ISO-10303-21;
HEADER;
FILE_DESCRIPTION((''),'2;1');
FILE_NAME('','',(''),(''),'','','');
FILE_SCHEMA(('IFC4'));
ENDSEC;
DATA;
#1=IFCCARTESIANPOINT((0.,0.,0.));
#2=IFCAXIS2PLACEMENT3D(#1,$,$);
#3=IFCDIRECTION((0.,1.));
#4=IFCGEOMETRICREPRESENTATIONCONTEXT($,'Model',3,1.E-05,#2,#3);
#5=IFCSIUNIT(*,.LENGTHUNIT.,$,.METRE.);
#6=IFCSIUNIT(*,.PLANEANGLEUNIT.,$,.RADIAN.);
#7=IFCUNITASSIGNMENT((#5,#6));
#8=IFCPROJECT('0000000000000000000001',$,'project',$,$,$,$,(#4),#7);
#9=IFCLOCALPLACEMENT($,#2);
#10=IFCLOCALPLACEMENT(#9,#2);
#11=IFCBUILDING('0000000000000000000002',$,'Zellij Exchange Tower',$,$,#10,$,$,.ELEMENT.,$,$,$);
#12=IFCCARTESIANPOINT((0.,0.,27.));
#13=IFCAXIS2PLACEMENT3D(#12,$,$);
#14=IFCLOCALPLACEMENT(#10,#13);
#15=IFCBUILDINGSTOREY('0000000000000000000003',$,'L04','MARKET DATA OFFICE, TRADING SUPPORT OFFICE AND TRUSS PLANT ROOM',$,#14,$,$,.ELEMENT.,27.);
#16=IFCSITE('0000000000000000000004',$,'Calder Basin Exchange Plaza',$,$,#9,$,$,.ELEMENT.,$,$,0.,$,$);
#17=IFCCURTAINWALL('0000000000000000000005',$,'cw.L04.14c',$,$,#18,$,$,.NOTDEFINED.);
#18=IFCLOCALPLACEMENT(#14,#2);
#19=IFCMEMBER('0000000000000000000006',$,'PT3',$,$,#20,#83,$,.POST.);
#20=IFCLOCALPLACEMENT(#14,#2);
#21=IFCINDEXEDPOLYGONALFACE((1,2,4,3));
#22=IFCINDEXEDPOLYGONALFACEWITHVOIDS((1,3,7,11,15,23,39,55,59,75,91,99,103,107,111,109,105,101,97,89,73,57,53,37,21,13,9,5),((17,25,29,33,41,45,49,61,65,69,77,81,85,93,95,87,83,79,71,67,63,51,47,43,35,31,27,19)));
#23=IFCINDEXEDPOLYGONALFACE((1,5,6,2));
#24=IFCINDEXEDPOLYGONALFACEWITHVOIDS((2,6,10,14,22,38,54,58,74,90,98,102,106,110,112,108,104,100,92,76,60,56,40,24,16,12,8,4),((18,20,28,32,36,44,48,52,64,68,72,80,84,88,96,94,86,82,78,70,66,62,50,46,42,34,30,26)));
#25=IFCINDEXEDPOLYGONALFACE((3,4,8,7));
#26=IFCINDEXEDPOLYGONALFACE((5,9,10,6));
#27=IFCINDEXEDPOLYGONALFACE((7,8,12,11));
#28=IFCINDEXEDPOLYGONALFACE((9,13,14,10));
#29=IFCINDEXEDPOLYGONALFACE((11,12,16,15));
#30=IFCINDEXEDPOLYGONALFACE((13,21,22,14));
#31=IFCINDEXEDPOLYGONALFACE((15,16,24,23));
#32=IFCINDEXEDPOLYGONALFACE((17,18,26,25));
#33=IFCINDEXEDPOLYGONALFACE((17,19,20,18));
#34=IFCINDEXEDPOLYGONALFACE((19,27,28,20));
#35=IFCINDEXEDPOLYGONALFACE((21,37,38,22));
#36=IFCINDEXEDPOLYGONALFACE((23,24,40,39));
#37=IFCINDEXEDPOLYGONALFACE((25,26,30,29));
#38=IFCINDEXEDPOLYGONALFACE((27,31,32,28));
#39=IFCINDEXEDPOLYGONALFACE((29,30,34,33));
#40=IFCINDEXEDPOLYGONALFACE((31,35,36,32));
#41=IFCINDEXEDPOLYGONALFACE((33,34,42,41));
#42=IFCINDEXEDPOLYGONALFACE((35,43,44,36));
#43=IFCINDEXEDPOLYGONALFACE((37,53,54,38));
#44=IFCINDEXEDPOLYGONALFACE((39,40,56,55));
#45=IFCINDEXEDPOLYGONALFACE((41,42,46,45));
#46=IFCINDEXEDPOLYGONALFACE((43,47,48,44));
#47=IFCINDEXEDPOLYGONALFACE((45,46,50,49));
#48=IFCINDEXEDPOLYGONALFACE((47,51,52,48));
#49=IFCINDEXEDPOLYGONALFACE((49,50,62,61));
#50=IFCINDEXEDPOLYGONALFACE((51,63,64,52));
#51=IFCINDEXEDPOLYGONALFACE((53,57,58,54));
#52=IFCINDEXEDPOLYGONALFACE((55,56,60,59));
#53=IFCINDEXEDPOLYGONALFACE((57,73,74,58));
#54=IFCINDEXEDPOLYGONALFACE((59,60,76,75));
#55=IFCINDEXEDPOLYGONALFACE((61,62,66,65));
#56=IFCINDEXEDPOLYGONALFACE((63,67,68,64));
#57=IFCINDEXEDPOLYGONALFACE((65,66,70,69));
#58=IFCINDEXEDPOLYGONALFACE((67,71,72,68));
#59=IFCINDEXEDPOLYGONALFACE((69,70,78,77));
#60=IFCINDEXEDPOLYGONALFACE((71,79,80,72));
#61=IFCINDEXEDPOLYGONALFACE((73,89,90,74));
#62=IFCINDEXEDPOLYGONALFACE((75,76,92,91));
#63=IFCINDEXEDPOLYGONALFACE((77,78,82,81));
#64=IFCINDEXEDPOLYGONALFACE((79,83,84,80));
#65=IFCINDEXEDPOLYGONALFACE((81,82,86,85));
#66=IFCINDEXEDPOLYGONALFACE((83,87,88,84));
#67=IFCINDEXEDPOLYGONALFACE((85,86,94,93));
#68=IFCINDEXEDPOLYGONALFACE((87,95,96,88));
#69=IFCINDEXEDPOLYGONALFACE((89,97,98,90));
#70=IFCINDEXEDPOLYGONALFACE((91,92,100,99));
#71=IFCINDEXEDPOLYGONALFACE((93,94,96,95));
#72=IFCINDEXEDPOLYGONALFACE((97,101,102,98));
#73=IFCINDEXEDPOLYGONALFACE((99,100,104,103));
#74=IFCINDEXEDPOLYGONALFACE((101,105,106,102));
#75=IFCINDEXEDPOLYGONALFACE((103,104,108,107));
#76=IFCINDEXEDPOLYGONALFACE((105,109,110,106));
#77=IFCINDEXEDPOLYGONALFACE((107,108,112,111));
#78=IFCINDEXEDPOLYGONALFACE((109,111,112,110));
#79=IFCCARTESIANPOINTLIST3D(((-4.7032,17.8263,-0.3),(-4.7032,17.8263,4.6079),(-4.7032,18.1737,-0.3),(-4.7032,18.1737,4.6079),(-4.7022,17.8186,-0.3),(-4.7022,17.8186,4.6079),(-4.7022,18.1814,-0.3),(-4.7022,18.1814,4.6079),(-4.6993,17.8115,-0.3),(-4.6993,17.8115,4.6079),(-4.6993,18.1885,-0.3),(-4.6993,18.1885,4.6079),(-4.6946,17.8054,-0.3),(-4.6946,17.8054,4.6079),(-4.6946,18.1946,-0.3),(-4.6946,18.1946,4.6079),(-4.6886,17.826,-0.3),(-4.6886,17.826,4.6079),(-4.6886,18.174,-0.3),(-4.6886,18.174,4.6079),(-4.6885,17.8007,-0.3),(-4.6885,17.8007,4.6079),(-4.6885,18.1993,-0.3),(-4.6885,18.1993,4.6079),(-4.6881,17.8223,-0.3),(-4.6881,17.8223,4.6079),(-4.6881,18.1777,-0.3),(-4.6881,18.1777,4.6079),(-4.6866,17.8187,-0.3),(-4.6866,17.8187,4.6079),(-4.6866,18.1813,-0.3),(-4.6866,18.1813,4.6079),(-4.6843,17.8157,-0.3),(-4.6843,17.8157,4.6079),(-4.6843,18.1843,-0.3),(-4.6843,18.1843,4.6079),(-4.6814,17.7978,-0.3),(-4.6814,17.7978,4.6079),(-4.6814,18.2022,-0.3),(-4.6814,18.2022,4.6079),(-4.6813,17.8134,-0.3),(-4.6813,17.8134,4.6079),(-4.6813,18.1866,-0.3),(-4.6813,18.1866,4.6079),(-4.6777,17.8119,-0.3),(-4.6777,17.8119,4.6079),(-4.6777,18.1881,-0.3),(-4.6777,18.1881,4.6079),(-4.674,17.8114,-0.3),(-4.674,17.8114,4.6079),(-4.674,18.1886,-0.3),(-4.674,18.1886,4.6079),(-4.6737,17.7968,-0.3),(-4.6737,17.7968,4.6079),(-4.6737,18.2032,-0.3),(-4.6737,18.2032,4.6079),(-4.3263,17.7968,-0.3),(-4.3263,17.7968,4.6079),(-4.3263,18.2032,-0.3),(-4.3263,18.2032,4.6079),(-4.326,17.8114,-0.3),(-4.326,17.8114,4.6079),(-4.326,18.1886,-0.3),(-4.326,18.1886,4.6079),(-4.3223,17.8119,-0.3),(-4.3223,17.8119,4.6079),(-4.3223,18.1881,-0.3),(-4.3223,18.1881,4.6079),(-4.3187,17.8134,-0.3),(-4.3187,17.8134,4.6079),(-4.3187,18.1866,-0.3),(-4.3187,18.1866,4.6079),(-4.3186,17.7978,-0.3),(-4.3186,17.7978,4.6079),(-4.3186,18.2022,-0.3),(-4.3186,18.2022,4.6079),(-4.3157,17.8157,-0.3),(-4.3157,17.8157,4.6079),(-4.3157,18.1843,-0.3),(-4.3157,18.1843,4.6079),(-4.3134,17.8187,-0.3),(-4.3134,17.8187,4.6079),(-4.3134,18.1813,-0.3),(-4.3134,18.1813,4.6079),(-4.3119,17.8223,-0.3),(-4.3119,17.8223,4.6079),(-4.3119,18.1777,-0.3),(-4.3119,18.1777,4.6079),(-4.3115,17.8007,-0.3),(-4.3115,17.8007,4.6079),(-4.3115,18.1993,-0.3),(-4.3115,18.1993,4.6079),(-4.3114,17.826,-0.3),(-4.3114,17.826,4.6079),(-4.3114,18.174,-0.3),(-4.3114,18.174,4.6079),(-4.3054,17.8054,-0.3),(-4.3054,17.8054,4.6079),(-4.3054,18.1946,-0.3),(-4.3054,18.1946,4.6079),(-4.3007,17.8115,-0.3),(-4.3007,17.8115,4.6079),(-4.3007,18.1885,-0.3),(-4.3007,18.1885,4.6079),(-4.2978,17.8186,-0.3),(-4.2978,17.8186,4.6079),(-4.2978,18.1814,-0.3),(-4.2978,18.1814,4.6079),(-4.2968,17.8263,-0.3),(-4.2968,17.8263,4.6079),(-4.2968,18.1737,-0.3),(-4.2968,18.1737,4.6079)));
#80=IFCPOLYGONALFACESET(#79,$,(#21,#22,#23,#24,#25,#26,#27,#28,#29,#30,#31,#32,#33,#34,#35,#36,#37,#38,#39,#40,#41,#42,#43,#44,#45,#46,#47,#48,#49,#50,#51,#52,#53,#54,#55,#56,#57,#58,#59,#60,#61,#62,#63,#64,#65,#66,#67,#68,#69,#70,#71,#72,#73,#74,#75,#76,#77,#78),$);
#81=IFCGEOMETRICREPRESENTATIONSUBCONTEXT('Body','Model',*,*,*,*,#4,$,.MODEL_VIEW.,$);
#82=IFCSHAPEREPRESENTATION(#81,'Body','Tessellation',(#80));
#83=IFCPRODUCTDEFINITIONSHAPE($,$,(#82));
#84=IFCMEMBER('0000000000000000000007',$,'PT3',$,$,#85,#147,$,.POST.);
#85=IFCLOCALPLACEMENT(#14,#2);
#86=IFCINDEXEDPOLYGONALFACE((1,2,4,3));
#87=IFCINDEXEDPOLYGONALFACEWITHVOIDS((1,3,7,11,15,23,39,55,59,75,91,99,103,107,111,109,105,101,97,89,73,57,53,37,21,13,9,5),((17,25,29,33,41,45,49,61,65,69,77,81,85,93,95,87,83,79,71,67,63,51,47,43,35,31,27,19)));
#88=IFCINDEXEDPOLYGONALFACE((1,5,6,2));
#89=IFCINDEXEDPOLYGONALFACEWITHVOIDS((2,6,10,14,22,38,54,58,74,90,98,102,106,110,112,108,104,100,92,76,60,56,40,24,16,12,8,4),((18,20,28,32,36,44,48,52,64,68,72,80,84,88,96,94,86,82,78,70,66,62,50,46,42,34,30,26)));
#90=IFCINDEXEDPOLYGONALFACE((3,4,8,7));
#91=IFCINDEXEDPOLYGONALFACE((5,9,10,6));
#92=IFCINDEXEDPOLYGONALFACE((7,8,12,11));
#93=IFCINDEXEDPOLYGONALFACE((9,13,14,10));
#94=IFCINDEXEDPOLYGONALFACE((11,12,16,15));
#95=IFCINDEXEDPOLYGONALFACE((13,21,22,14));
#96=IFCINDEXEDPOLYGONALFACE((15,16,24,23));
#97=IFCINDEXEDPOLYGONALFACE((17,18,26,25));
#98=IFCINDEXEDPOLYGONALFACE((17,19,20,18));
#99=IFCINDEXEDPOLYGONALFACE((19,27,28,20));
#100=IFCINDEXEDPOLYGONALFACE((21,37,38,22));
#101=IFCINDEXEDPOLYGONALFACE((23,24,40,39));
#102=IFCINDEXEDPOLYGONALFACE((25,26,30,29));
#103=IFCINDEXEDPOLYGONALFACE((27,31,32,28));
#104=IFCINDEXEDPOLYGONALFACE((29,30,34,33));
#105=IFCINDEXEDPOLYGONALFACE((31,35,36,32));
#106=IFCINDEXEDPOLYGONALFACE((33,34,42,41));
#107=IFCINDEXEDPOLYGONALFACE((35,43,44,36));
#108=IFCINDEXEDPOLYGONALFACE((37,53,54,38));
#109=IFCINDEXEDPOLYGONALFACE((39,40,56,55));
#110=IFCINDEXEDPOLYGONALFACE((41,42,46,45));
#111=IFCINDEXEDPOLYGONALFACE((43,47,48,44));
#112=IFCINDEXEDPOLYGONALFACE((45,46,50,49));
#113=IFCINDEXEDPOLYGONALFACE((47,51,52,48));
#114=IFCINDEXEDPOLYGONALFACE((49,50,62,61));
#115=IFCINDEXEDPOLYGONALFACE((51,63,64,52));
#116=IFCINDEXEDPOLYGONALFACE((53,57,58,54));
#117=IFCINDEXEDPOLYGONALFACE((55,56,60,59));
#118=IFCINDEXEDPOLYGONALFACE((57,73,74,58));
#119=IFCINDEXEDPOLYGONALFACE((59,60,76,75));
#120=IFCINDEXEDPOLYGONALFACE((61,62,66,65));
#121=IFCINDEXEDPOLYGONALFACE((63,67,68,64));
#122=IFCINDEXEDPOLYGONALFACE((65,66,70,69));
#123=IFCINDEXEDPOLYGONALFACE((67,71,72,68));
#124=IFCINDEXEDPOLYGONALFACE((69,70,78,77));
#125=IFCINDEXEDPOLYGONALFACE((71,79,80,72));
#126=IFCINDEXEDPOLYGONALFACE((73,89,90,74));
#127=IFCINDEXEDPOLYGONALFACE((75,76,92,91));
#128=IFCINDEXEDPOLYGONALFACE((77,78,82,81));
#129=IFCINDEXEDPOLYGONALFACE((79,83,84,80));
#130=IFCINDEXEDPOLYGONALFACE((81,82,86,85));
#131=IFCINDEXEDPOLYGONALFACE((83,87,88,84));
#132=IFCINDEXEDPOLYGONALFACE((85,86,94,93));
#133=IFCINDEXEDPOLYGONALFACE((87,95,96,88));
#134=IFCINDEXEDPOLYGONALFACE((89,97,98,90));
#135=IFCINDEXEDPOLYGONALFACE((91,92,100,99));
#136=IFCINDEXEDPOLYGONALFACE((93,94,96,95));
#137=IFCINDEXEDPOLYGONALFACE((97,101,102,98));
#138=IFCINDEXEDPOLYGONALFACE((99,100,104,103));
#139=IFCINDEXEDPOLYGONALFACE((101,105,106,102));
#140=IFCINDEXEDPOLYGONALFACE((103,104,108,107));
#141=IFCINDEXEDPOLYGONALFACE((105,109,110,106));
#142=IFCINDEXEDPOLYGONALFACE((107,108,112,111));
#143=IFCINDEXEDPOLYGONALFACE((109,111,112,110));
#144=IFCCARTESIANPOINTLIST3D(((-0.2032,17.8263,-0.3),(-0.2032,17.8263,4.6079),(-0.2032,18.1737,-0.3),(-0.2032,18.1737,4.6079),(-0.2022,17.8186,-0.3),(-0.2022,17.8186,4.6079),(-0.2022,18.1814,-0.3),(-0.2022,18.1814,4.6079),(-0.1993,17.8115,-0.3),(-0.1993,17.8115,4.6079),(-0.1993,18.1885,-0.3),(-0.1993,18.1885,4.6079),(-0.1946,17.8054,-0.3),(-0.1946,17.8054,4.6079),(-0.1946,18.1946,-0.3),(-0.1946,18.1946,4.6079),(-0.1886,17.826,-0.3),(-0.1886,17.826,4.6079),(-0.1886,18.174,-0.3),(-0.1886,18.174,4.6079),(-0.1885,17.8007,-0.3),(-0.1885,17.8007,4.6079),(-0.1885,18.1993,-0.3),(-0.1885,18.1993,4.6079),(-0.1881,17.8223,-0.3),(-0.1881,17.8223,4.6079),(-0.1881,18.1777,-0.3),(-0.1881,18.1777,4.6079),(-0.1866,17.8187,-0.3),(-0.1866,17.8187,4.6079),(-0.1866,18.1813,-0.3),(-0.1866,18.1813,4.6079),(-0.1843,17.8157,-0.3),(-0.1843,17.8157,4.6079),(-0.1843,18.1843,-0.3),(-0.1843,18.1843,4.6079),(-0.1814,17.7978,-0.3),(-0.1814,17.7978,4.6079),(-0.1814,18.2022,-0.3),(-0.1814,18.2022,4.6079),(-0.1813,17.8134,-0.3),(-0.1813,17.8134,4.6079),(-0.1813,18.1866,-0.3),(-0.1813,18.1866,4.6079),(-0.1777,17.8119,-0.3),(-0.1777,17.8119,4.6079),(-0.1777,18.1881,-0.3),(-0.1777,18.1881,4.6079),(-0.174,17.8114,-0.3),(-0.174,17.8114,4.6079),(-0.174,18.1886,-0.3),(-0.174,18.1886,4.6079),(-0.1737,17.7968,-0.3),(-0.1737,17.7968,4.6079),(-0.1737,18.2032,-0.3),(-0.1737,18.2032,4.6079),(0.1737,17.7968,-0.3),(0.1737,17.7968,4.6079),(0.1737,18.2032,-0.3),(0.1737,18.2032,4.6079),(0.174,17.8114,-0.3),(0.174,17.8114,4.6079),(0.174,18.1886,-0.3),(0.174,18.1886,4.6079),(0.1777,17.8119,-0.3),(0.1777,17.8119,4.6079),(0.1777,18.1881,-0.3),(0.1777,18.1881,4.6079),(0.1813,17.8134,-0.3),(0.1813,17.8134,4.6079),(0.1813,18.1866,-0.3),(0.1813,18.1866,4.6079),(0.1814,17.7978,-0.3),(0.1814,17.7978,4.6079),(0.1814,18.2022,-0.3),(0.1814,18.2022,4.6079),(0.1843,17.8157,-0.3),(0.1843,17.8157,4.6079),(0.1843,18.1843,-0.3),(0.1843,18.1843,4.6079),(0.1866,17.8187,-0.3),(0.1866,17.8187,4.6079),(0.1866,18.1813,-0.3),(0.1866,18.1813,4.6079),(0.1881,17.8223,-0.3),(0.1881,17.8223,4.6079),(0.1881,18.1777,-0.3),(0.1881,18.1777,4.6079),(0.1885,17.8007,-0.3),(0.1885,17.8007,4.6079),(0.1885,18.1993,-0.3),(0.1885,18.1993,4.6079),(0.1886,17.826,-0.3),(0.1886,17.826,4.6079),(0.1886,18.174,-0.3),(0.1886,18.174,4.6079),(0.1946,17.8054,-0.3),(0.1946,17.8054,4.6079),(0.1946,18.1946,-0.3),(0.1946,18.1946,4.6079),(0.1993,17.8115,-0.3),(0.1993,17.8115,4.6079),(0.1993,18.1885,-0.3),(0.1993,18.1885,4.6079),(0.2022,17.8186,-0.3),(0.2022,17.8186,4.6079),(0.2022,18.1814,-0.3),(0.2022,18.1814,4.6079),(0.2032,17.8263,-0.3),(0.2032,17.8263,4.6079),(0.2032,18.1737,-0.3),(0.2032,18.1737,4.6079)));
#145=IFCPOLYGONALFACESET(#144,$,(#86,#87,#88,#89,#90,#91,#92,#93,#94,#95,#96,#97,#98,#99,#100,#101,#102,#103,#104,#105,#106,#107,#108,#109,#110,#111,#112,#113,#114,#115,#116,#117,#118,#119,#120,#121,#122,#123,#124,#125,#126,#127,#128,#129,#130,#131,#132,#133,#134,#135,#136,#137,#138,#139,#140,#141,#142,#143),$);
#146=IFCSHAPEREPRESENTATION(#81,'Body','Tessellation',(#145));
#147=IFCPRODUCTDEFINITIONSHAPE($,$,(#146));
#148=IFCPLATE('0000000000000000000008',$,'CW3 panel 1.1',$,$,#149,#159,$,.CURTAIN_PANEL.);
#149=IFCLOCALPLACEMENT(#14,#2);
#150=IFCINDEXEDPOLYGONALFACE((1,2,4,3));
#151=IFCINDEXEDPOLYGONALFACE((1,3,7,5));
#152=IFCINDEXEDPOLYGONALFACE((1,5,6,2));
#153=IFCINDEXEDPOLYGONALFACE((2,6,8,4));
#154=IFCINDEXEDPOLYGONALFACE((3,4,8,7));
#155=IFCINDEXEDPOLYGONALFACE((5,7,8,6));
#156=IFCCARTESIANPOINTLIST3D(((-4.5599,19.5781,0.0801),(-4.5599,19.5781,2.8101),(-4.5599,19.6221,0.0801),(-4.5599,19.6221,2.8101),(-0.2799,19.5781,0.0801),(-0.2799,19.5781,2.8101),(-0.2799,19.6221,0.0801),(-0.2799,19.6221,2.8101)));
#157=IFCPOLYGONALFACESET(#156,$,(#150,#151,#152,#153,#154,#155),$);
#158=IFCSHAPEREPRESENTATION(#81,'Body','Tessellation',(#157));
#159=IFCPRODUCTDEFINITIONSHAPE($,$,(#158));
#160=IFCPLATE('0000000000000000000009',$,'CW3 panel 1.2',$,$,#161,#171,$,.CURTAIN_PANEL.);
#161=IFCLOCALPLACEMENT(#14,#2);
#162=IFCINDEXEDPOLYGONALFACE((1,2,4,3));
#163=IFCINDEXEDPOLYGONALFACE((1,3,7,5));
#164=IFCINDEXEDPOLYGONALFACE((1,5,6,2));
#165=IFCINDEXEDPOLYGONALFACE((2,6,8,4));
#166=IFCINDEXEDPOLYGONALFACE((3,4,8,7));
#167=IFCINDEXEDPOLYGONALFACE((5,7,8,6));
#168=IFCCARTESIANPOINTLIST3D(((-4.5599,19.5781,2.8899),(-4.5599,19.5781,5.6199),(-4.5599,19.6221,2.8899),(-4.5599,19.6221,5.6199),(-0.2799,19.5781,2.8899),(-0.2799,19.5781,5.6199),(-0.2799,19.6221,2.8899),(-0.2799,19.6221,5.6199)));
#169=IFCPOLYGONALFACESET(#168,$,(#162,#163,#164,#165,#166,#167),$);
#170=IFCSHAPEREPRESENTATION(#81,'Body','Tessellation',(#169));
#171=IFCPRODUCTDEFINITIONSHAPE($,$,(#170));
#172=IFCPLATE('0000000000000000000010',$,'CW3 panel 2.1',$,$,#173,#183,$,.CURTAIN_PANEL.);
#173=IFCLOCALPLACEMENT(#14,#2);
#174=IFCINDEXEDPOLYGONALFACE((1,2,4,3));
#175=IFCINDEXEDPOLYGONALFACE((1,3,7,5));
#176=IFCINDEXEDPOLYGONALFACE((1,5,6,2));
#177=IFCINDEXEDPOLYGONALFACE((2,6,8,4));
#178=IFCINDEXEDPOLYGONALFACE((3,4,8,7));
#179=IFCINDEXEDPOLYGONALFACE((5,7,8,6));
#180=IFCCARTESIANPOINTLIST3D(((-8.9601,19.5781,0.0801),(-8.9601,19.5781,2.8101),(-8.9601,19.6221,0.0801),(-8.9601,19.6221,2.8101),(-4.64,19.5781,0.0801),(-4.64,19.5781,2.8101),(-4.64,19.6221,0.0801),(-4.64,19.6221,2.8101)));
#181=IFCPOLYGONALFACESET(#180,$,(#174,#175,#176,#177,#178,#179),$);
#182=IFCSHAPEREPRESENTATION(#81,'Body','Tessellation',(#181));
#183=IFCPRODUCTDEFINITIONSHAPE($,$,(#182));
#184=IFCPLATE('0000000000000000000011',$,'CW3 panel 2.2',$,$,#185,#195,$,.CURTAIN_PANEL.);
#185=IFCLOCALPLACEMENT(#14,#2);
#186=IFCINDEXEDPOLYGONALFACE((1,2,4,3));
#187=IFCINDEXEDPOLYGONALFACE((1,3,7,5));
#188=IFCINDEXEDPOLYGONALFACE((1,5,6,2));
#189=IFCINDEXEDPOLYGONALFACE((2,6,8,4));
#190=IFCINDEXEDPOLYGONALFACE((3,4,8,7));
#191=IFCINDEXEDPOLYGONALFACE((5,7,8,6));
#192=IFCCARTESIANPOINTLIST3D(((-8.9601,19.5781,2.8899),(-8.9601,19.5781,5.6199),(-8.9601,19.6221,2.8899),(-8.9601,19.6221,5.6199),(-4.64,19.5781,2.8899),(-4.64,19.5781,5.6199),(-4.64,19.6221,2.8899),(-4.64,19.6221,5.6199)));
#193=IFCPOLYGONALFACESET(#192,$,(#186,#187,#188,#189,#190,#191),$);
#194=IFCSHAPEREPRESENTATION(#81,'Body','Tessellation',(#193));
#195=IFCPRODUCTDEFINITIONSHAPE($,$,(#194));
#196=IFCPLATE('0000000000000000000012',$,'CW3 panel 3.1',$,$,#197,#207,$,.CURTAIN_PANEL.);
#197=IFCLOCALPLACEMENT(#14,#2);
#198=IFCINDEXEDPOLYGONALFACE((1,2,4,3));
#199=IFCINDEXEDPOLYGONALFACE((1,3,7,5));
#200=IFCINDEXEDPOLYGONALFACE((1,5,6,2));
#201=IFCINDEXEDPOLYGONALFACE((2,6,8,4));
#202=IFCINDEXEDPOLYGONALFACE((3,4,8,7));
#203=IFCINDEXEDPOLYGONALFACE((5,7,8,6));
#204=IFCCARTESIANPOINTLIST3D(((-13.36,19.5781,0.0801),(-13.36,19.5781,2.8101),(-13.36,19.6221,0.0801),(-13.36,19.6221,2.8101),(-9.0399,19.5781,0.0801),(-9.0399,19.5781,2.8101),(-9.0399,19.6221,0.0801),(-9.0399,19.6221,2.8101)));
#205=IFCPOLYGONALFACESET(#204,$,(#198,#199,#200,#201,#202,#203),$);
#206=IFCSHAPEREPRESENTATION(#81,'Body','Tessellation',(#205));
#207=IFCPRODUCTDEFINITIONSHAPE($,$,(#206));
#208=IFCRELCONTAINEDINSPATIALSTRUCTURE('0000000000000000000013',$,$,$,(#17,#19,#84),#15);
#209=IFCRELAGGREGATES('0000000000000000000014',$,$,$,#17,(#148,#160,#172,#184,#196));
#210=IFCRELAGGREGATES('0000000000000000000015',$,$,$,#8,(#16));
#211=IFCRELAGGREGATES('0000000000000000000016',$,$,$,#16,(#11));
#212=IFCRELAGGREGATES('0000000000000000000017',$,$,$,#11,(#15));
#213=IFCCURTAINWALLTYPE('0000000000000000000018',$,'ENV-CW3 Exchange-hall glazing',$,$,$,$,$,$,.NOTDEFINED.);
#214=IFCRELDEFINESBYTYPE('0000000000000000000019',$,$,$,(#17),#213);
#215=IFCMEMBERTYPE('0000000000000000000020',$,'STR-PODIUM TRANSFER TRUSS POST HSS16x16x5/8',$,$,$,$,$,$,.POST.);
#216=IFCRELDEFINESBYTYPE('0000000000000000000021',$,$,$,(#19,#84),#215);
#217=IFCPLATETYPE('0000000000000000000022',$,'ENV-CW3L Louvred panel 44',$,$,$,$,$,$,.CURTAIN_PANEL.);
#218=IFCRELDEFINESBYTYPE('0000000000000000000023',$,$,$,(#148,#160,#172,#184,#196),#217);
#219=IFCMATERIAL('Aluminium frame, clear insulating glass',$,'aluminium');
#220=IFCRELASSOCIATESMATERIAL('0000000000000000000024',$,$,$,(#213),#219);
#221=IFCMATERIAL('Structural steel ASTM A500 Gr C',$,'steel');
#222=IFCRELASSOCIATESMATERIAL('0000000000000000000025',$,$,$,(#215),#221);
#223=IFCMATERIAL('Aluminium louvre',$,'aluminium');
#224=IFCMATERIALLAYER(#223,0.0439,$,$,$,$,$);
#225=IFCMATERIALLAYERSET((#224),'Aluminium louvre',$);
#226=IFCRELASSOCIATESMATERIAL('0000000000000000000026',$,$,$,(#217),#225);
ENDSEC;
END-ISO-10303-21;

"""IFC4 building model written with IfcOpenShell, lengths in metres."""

from ifc_helpers import new_model, si_unit, direction, frame, origin, origin_2d, place, context, subcontext, project, spatial, rectangle, hollow_rectangle, extrude, material, layer, layer_set, material_profile, profile_set, type_object, element, aggregate, save


model = new_model("IFC4")

# Units and contexts
model_context = context("Model", 3, precision=1e-05, world=origin(), true_north=direction((0.0, 1.0)))
body_context = subcontext(model_context, "Body", "Model", "MODEL_VIEW")
ifc_project = project(units=[si_unit("LENGTHUNIT", "METRE"), si_unit("PLANEANGLEUNIT", "RADIAN")], contexts=[model_context])

# Site, building, storey
site_placement = place(None, origin())
site = spatial("IfcSite", under=ifc_project, at=site_placement, Name="Calder Basin Exchange Plaza", CompositionType="ELEMENT", RefElevation=0.0)
building_placement = place(site_placement, origin())
building = spatial("IfcBuilding", under=site, at=building_placement, Name="Zellij Exchange Tower", CompositionType="ELEMENT")
storey_placement = place(building_placement, frame((0.0, 0.0, 27.0)))
storey = spatial("IfcBuildingStorey", under=building, at=storey_placement, Name="L04", Description="MARKET DATA OFFICE, TRADING SUPPORT OFFICE AND TRUSS PLANT ROOM", CompositionType="ELEMENT", Elevation=27.0)

# Curtain wall
ifc_material_1 = material(Name="Aluminium frame, clear insulating glass", Category="aluminium")
curtain_wall_type = type_object("IfcCurtainWallType", Name="ENV-CW3 Exchange-hall glazing", PredefinedType="NOTDEFINED", material=ifc_material_1)
curtain_wall_placement = place(storey_placement, origin())
curtain_wall = element("IfcCurtainWall", 1, at=curtain_wall_placement, inside=storey, type_object=curtain_wall_type, Name="cw.L04.14c", PredefinedType="NOTDEFINED")

# Members
ifc_material_2 = material(Name="Structural steel ASTM A500 Gr C", Category="steel")
ifc_material_profile_1 = material_profile(ifc_material_2, hollow_rectangle(XDim=0.4065, YDim=0.4065, WallThickness=0.0146, InnerFilletRadius=0.0146, OuterFilletRadius=0.0295, at=origin_2d()), Name="STR-PODIUM TRANSFER TRUSS POST HSS16x16x5/8")
ifc_profile_set_1 = profile_set([ifc_material_profile_1], Name="Structural steel ASTM A500 Gr C")
member_type_1 = type_object("IfcMemberType", Name="STR-PODIUM TRANSFER TRUSS POST HSS16x16x5/8", PredefinedType="POST", material=ifc_profile_set_1)
for number, where, z_axis, x_axis, name in (
    (2, (-4.5, 18.0, -0.3), (0.0, 0.0, 1.0), (1.0, 0.0, 0.0), "PT3"),
    (3, (0.0, 18.0, -0.3), (0.0, 0.0, 1.0), (1.0, 0.0, 0.0), "PT3"),
):
    element("IfcMember", number, at=place(storey_placement, frame(where, z_axis=z_axis, x_axis=x_axis)), inside=storey, type_object=member_type_1, Name=name, PredefinedType="POST", context=body_context, shape_type="SweptSolid", body=[
        extrude(hollow_rectangle(XDim=0.4065, YDim=0.4065, WallThickness=0.0146, InnerFilletRadius=0.0146, OuterFilletRadius=0.0295, at=origin_2d()), origin(), (0.0, 0.0, 1.0), 4.908),
    ])

# Plates
ifc_material_3 = material(Name="Aluminium louvre", Category="aluminium")
ifc_layer = layer(ifc_material_3, 0.0439)
ifc_layer_set = layer_set([ifc_layer], Name="Aluminium louvre")
plate_type = type_object("IfcPlateType", Name="ENV-CW3L Louvred panel 44", PredefinedType="CURTAIN_PANEL", material=ifc_layer_set)
plate_1_placement = place(storey_placement, frame((-2.4199, 19.6001, 0.0801), z_axis=(0.0, 0.0, 1.0), x_axis=(-1.0, 0.0, 0.0)))
plate_1 = element("IfcPlate", 4, at=plate_1_placement, type_object=plate_type, Name="CW3 panel 1.1", PredefinedType="CURTAIN_PANEL", context=body_context, shape_type="SweptSolid", body=[
    extrude(rectangle(XDim=4.28, YDim=0.0439, at=origin_2d()), origin(), (0.0, 0.0, 1.0), 2.73),
])
plate_2_placement = place(storey_placement, frame((-2.4199, 19.6001, 2.8899), z_axis=(0.0, 0.0, 1.0), x_axis=(-1.0, 0.0, 0.0)))
plate_2 = element("IfcPlate", 5, at=plate_2_placement, type_object=plate_type, Name="CW3 panel 1.2", PredefinedType="CURTAIN_PANEL", context=body_context, shape_type="SweptSolid", body=[
    extrude(rectangle(XDim=4.28, YDim=0.0439, at=origin_2d()), origin(), (0.0, 0.0, 1.0), 2.73),
])
plate_3_placement = place(storey_placement, frame((-6.8, 19.6001, 0.0801), z_axis=(0.0, 0.0, 1.0), x_axis=(-1.0, 0.0, 0.0)))
plate_3 = element("IfcPlate", 6, at=plate_3_placement, type_object=plate_type, Name="CW3 panel 2.1", PredefinedType="CURTAIN_PANEL", context=body_context, shape_type="SweptSolid", body=[
    extrude(rectangle(XDim=4.3201, YDim=0.0439, at=origin_2d()), origin(), (0.0, 0.0, 1.0), 2.73),
])
plate_4_placement = place(storey_placement, frame((-6.8, 19.6001, 2.8899), z_axis=(0.0, 0.0, 1.0), x_axis=(-1.0, 0.0, 0.0)))
plate_4 = element("IfcPlate", 7, at=plate_4_placement, type_object=plate_type, Name="CW3 panel 2.2", PredefinedType="CURTAIN_PANEL", context=body_context, shape_type="SweptSolid", body=[
    extrude(rectangle(XDim=4.3201, YDim=0.0439, at=origin_2d()), origin(), (0.0, 0.0, 1.0), 2.73),
])
plate_5_placement = place(storey_placement, frame((-11.2, 19.6001, 0.0801), z_axis=(0.0, 0.0, 1.0), x_axis=(-1.0, 0.0, 0.0)))
plate_5 = element("IfcPlate", 8, at=plate_5_placement, type_object=plate_type, Name="CW3 panel 3.1", PredefinedType="CURTAIN_PANEL", context=body_context, shape_type="SweptSolid", body=[
    extrude(rectangle(XDim=4.3201, YDim=0.0439, at=origin_2d()), origin(), (0.0, 0.0, 1.0), 2.73),
])
aggregate(curtain_wall, [plate_1, plate_2, plate_3, plate_4, plate_5])

save(model, "model.ifc")
